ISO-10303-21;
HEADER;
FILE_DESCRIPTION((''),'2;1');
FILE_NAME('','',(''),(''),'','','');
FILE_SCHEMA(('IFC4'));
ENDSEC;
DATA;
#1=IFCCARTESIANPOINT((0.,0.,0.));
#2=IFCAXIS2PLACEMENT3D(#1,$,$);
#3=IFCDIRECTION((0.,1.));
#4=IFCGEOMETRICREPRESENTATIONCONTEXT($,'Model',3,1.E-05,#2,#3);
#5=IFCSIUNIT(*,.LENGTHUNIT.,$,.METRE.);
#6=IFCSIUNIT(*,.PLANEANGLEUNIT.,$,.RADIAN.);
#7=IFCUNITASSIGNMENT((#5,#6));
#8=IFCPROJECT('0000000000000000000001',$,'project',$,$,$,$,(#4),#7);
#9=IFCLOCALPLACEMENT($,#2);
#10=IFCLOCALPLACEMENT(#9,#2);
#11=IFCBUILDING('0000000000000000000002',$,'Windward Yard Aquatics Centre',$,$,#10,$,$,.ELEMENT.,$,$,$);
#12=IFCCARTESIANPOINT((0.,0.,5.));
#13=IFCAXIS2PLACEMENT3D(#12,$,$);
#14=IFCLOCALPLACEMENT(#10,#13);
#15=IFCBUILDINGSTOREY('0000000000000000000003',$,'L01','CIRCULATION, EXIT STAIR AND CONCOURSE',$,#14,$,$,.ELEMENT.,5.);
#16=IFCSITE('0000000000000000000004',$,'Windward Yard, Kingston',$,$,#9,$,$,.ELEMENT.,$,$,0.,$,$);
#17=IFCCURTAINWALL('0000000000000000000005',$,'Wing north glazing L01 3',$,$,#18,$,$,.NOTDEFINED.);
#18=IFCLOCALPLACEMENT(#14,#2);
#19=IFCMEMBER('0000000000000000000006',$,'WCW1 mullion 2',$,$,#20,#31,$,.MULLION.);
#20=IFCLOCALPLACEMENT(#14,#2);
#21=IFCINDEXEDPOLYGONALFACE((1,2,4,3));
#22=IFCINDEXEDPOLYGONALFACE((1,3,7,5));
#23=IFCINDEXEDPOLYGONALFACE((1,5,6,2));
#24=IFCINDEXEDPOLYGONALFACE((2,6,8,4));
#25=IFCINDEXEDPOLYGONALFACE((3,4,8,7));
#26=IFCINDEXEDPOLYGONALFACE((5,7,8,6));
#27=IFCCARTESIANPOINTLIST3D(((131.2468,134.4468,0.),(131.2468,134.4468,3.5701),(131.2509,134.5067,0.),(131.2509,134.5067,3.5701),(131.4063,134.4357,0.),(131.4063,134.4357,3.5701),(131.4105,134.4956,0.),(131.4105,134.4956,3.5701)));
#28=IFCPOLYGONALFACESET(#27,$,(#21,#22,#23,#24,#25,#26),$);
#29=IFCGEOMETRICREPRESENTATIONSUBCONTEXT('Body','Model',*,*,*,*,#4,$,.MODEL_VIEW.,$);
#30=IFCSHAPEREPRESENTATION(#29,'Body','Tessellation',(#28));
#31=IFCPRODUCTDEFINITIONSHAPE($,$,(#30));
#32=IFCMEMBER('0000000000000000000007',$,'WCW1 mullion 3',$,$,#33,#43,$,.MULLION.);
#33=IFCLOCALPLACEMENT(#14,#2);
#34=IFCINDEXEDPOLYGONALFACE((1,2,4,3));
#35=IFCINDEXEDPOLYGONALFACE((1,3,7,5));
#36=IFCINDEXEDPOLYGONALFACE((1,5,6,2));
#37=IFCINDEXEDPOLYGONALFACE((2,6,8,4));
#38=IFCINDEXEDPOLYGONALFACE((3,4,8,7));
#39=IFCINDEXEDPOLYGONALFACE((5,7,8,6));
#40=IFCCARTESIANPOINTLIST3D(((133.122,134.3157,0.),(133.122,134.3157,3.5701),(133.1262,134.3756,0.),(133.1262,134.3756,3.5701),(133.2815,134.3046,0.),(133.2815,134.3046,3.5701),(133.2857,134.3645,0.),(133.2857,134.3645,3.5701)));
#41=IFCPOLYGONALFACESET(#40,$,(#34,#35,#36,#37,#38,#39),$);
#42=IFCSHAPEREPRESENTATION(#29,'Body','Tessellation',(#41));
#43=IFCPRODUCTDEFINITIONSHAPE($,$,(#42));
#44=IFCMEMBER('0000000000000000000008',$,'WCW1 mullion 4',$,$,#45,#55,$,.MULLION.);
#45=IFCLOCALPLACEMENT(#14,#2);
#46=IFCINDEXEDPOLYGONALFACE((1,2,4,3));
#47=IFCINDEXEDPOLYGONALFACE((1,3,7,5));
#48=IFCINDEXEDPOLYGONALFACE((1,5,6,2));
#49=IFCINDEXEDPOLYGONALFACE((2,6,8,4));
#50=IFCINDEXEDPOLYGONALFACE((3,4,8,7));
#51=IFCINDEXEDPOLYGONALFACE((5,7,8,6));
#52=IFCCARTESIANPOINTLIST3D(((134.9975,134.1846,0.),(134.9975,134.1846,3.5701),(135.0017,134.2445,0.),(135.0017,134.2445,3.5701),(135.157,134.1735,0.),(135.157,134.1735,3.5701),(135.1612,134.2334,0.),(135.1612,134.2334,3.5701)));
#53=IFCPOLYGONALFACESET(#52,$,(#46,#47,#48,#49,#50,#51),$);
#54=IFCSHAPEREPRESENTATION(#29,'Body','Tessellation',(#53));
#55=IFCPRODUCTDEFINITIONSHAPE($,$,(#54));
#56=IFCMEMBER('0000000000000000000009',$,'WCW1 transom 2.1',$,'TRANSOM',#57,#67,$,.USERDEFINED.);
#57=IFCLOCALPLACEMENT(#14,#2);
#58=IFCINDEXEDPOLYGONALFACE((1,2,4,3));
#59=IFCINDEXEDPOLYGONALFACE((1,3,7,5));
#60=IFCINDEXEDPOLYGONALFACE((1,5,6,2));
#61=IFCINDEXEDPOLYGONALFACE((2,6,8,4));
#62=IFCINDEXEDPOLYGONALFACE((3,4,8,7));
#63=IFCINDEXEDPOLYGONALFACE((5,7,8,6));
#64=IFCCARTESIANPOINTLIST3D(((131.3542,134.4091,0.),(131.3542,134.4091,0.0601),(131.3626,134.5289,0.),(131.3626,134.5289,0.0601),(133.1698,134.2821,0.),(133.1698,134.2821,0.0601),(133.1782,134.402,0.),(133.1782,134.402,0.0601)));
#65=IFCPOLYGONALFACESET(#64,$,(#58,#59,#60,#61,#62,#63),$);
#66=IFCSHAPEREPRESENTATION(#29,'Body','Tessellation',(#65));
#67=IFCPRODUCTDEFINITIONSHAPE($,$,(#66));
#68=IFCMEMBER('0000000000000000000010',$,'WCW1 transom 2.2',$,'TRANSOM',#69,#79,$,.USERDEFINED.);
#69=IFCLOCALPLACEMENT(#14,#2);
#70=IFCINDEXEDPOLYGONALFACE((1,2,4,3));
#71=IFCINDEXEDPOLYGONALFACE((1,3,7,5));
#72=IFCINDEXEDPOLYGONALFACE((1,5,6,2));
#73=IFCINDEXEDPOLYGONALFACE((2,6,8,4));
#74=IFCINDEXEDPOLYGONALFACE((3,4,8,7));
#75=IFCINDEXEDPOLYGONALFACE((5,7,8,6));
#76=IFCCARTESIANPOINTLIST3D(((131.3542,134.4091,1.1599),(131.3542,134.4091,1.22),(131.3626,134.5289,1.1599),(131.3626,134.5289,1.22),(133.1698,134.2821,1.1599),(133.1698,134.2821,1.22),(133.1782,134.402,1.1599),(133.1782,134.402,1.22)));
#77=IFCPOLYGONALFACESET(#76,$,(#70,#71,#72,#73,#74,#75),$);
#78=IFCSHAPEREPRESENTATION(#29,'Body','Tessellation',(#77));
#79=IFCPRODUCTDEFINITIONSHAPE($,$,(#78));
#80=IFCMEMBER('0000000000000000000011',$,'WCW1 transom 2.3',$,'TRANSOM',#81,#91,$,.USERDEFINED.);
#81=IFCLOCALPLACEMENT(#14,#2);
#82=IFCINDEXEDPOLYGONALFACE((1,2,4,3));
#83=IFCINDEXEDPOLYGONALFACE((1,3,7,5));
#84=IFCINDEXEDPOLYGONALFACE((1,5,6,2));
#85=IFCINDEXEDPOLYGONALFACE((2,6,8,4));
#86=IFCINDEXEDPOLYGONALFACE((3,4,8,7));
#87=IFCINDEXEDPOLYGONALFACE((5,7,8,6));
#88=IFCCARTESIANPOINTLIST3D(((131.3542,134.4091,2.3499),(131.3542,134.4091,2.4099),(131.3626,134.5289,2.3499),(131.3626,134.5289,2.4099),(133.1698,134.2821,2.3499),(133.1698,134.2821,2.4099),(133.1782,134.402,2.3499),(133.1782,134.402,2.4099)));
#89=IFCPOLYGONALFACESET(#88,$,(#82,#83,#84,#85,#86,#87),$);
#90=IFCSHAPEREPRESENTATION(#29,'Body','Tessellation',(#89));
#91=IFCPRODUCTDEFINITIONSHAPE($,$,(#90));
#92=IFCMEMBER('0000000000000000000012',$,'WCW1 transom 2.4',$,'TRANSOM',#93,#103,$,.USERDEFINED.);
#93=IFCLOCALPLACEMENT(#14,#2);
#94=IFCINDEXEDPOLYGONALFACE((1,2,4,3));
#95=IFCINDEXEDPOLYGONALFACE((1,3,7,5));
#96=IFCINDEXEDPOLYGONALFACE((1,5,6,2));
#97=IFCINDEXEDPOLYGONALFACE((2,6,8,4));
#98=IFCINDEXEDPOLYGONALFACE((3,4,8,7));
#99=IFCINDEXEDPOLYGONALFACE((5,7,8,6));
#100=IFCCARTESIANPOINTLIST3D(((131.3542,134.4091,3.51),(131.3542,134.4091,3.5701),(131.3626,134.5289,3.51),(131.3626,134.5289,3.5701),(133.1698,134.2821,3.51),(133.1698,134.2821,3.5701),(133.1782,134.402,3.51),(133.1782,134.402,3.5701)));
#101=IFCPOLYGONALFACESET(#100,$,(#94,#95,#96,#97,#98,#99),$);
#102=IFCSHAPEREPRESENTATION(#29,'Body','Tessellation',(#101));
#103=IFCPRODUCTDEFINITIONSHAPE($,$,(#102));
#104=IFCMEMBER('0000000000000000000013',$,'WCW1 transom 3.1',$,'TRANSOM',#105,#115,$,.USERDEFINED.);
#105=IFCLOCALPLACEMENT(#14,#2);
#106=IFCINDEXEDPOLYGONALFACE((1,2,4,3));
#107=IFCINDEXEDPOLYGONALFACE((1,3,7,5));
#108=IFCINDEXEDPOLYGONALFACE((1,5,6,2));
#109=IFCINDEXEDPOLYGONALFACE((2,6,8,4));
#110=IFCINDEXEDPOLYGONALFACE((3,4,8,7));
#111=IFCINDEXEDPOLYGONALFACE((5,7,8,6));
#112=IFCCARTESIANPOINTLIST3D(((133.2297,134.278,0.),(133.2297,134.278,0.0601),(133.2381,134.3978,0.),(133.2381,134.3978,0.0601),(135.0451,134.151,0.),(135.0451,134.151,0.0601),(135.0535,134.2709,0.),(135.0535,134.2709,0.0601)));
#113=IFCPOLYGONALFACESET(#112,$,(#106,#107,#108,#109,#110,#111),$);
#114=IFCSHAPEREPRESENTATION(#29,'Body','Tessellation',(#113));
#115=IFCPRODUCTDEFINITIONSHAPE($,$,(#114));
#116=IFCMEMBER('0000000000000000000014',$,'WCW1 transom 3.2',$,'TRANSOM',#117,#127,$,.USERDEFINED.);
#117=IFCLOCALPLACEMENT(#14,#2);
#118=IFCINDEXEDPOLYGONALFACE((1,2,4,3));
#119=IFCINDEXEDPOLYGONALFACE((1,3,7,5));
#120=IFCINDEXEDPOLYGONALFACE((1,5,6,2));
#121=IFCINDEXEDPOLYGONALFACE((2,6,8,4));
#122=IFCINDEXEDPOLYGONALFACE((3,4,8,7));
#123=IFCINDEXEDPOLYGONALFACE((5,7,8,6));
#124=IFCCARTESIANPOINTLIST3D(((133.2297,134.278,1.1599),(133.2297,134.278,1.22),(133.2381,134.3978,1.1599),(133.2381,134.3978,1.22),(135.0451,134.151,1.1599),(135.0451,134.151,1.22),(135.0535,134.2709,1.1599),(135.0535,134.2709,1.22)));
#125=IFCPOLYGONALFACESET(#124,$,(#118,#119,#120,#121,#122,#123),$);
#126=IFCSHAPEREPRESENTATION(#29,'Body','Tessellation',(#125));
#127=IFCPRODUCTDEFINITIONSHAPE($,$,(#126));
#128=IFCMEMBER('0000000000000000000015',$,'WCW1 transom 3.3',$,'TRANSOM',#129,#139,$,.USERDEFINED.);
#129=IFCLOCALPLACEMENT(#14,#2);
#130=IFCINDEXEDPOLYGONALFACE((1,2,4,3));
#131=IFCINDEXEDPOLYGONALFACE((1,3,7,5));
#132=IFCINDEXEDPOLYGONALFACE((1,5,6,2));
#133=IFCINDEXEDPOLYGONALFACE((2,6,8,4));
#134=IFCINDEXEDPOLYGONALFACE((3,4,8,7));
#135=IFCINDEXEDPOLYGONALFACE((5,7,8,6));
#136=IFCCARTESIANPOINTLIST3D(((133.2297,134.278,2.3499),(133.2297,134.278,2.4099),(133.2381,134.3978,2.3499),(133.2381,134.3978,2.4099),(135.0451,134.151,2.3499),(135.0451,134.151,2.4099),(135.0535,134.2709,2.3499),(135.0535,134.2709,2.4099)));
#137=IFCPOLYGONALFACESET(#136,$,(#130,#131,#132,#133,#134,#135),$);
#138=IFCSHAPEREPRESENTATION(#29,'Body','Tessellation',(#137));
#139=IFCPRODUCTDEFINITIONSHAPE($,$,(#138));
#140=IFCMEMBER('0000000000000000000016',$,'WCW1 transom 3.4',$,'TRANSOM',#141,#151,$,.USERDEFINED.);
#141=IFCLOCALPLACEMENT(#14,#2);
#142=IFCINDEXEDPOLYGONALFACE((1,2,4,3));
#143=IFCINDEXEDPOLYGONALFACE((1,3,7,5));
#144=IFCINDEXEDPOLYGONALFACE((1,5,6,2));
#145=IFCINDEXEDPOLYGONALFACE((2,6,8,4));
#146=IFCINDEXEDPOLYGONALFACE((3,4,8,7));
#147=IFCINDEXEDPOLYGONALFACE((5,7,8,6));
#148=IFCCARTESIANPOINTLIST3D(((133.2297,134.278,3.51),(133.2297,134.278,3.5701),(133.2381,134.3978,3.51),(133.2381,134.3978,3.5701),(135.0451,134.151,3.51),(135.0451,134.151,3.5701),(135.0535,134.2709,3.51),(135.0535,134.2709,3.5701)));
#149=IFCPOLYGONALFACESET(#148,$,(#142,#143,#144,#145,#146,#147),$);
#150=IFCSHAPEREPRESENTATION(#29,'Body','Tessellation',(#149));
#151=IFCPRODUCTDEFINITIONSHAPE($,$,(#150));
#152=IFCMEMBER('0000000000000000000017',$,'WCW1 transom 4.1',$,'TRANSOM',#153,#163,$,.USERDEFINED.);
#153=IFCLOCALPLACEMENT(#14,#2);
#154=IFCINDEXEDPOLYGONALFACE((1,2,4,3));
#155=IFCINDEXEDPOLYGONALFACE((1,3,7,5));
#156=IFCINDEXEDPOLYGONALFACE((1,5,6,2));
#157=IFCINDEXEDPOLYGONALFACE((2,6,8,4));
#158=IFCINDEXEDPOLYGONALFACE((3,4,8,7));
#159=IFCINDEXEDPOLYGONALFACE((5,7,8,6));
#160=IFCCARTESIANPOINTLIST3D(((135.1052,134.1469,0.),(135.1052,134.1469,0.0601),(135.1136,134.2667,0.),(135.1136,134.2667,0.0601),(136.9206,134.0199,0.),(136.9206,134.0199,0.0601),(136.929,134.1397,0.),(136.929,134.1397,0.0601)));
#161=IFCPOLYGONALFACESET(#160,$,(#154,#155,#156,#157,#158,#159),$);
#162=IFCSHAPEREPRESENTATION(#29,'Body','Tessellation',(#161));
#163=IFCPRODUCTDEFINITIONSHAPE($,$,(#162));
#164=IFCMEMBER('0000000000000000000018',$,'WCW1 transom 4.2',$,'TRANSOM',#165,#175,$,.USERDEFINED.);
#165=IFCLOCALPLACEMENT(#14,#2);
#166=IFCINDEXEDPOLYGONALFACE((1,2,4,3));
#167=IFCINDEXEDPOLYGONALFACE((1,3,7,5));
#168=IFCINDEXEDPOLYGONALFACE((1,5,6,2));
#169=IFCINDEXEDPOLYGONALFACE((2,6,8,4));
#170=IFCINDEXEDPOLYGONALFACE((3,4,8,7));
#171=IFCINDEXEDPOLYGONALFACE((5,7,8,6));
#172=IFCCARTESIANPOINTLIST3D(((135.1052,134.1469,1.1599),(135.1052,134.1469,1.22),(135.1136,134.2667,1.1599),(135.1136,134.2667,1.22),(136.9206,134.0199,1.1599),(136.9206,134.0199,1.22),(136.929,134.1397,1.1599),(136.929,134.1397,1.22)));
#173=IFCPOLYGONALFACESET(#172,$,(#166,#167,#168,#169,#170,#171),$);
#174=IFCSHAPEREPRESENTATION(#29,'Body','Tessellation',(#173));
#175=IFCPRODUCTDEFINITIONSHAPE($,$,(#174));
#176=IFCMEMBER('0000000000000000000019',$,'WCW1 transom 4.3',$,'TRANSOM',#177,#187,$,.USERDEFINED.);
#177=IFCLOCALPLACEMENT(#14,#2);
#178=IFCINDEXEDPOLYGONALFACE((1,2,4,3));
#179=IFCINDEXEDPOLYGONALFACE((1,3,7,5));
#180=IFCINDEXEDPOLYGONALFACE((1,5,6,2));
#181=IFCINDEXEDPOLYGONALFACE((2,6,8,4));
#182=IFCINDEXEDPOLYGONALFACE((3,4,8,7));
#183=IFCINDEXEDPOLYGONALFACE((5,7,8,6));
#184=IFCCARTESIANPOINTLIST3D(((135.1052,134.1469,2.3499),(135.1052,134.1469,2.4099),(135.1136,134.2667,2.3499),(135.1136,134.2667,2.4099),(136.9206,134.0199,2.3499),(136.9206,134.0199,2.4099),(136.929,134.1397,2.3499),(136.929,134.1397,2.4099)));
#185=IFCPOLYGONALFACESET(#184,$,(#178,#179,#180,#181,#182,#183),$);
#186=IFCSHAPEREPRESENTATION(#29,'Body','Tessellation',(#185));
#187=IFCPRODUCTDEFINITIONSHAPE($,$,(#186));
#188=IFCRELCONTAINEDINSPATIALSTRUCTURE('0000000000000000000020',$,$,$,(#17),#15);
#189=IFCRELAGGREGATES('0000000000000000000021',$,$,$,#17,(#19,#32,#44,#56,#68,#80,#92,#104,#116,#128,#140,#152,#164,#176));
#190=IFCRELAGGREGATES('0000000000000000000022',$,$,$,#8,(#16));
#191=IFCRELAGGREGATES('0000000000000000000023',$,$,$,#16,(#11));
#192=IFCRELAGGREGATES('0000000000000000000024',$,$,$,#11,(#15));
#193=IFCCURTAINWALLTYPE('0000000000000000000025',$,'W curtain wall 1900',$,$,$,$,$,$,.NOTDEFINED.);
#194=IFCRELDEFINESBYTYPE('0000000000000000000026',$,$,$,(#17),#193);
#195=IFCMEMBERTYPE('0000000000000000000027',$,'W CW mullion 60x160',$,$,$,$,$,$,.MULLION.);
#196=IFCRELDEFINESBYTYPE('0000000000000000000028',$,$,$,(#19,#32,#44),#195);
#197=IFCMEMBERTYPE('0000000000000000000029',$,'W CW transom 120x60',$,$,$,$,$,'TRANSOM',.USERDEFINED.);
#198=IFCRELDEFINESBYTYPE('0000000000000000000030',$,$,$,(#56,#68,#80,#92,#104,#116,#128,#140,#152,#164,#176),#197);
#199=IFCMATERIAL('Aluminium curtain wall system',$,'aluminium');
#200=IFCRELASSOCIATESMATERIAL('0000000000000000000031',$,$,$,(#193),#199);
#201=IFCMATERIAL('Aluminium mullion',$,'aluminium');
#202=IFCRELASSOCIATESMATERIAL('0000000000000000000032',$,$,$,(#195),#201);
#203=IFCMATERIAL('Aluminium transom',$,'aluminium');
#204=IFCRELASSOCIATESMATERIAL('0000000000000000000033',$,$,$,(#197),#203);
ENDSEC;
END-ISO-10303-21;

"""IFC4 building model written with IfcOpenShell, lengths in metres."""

from ifc_helpers import new_model, si_unit, direction, frame, origin, origin_2d, place, context, subcontext, project, spatial, rectangle, extrude, material, material_profile, profile_set, type_object, element, aggregate, save


model = new_model("IFC4")

# Units and contexts
model_context = context("Model", 3, precision=1e-05, world=origin(), true_north=direction((0.0, 1.0)))
body_context = subcontext(model_context, "Body", "Model", "MODEL_VIEW")
ifc_project = project(units=[si_unit("LENGTHUNIT", "METRE"), si_unit("PLANEANGLEUNIT", "RADIAN")], contexts=[model_context])

# Site, building, storey
site_placement = place(None, origin())
site = spatial("IfcSite", under=ifc_project, at=site_placement, Name="Windward Yard, Kingston", CompositionType="ELEMENT", RefElevation=0.0)
building_placement = place(site_placement, origin())
building = spatial("IfcBuilding", under=site, at=building_placement, Name="Windward Yard Aquatics Centre", CompositionType="ELEMENT")
storey_placement = place(building_placement, frame((0.0, 0.0, 5.0)))
storey = spatial("IfcBuildingStorey", under=building, at=storey_placement, Name="L01", Description="CIRCULATION, EXIT STAIR AND CONCOURSE", CompositionType="ELEMENT", Elevation=5.0)

# Curtain wall, members
ifc_material_1 = material(Name="Aluminium curtain wall system", Category="aluminium")
curtain_wall_type = type_object("IfcCurtainWallType", Name="W curtain wall 1900", PredefinedType="NOTDEFINED", material=ifc_material_1)
curtain_wall_placement = place(storey_placement, origin())
curtain_wall = element("IfcCurtainWall", 1, at=curtain_wall_placement, inside=storey, type_object=curtain_wall_type, Name="Wing north glazing L01 3", PredefinedType="NOTDEFINED")
ifc_material_2 = material(Name="Aluminium mullion", Category="aluminium")
ifc_material_profile_1 = material_profile(ifc_material_2, rectangle(XDim=0.0601, YDim=0.1599, at=origin_2d()), Name="AL 60x160")
ifc_profile_set_1 = profile_set([ifc_material_profile_1], Name="Aluminium mullion")
member_type_1 = type_object("IfcMemberType", Name="W CW mullion 60x160", PredefinedType="MULLION", material=ifc_profile_set_1)
member_1_placement = place(storey_placement, frame((131.3286, 134.4712, 0.0), z_axis=(0.0, 0.0, 1.0), x_axis=(0.069755, 0.997564, 0.0)))
member_1 = element("IfcMember", 2, at=member_1_placement, type_object=member_type_1, Name="WCW1 mullion 2", PredefinedType="MULLION", context=body_context, shape_type="SweptSolid", body=[
    extrude(rectangle(XDim=0.0601, YDim=0.1599, at=origin_2d()), origin(), (0.0, 0.0, 1.0), 3.5701),
])
member_2_placement = place(storey_placement, frame((133.2039, 134.3401, 0.0), z_axis=(0.0, 0.0, 1.0), x_axis=(0.069755, 0.997564, 0.0)))
member_2 = element("IfcMember", 3, at=member_2_placement, type_object=member_type_1, Name="WCW1 mullion 3", PredefinedType="MULLION", context=body_context, shape_type="SweptSolid", body=[
    extrude(rectangle(XDim=0.0601, YDim=0.1599, at=origin_2d()), origin(), (0.0, 0.0, 1.0), 3.5701),
])
member_3_placement = place(storey_placement, frame((135.0793, 134.209, 0.0), z_axis=(0.0, 0.0, 1.0), x_axis=(0.069755, 0.997564, 0.0)))
member_3 = element("IfcMember", 4, at=member_3_placement, type_object=member_type_1, Name="WCW1 mullion 4", PredefinedType="MULLION", context=body_context, shape_type="SweptSolid", body=[
    extrude(rectangle(XDim=0.0601, YDim=0.1599, at=origin_2d()), origin(), (0.0, 0.0, 1.0), 3.5701),
])
ifc_material_3 = material(Name="Aluminium transom", Category="aluminium")
ifc_material_profile_2 = material_profile(ifc_material_3, rectangle(XDim=0.1201, YDim=0.0601, at=origin_2d()), Name="AL 120x60")
ifc_profile_set_2 = profile_set([ifc_material_profile_2], Name="Aluminium transom")
member_type_2 = type_object("IfcMemberType", Name="W CW transom 120x60", ElementType="TRANSOM", PredefinedType="USERDEFINED", material=ifc_profile_set_2)
member_4_placement = place(storey_placement, frame((131.3584, 134.469, 0.03), z_axis=(0.997564, -0.06975, 0.0), x_axis=(0.06975, 0.997564, 0.0)))
member_4 = element("IfcMember", 5, at=member_4_placement, type_object=member_type_2, Name="WCW1 transom 2.1", ObjectType="TRANSOM", PredefinedType="USERDEFINED", context=body_context, shape_type="SweptSolid", body=[
    extrude(rectangle(XDim=0.1201, YDim=0.0601, at=origin_2d()), origin(), (0.0, 0.0, 1.0), 1.8201),
])
member_5_placement = place(storey_placement, frame((131.3584, 134.469, 1.1899), z_axis=(0.997564, -0.06975, 0.0), x_axis=(0.06975, 0.997564, 0.0)))
member_5 = element("IfcMember", 6, at=member_5_placement, type_object=member_type_2, Name="WCW1 transom 2.2", ObjectType="TRANSOM", PredefinedType="USERDEFINED", context=body_context, shape_type="SweptSolid", body=[
    extrude(rectangle(XDim=0.1201, YDim=0.0601, at=origin_2d()), origin(), (0.0, 0.0, 1.0), 1.8201),
])
member_6_placement = place(storey_placement, frame((131.3584, 134.469, 2.3799), z_axis=(0.997564, -0.06975, 0.0), x_axis=(0.06975, 0.997564, 0.0)))
member_6 = element("IfcMember", 7, at=member_6_placement, type_object=member_type_2, Name="WCW1 transom 2.3", ObjectType="TRANSOM", PredefinedType="USERDEFINED", context=body_context, shape_type="SweptSolid", body=[
    extrude(rectangle(XDim=0.1201, YDim=0.0601, at=origin_2d()), origin(), (0.0, 0.0, 1.0), 1.8201),
])
member_7_placement = place(storey_placement, frame((131.3584, 134.469, 3.54), z_axis=(0.997564, -0.06975, 0.0), x_axis=(0.06975, 0.997564, 0.0)))
member_7 = element("IfcMember", 8, at=member_7_placement, type_object=member_type_2, Name="WCW1 transom 2.4", ObjectType="TRANSOM", PredefinedType="USERDEFINED", context=body_context, shape_type="SweptSolid", body=[
    extrude(rectangle(XDim=0.1201, YDim=0.0601, at=origin_2d()), origin(), (0.0, 0.0, 1.0), 1.8201),
])
member_8_placement = place(storey_placement, frame((133.2339, 134.3379, 0.03), z_axis=(0.997564, -0.06976, 0.0), x_axis=(0.06976, 0.997564, 0.0)))
member_8 = element("IfcMember", 9, at=member_8_placement, type_object=member_type_2, Name="WCW1 transom 3.1", ObjectType="TRANSOM", PredefinedType="USERDEFINED", context=body_context, shape_type="SweptSolid", body=[
    extrude(rectangle(XDim=0.1201, YDim=0.0601, at=origin_2d()), origin(), (0.0, 0.0, 1.0), 1.8198),
])
member_9_placement = place(storey_placement, frame((133.2339, 134.3379, 1.1899), z_axis=(0.997564, -0.06976, 0.0), x_axis=(0.06976, 0.997564, 0.0)))
member_9 = element("IfcMember", 10, at=member_9_placement, type_object=member_type_2, Name="WCW1 transom 3.2", ObjectType="TRANSOM", PredefinedType="USERDEFINED", context=body_context, shape_type="SweptSolid", body=[
    extrude(rectangle(XDim=0.1201, YDim=0.0601, at=origin_2d()), origin(), (0.0, 0.0, 1.0), 1.8198),
])
member_10_placement = place(storey_placement, frame((133.2339, 134.3379, 2.3799), z_axis=(0.997564, -0.06976, 0.0), x_axis=(0.06976, 0.997564, 0.0)))
member_10 = element("IfcMember", 11, at=member_10_placement, type_object=member_type_2, Name="WCW1 transom 3.3", ObjectType="TRANSOM", PredefinedType="USERDEFINED", context=body_context, shape_type="SweptSolid", body=[
    extrude(rectangle(XDim=0.1201, YDim=0.0601, at=origin_2d()), origin(), (0.0, 0.0, 1.0), 1.8198),
])
member_11_placement = place(storey_placement, frame((133.2339, 134.3379, 3.54), z_axis=(0.997564, -0.06976, 0.0), x_axis=(0.06976, 0.997564, 0.0)))
member_11 = element("IfcMember", 12, at=member_11_placement, type_object=member_type_2, Name="WCW1 transom 3.4", ObjectType="TRANSOM", PredefinedType="USERDEFINED", context=body_context, shape_type="SweptSolid", body=[
    extrude(rectangle(XDim=0.1201, YDim=0.0601, at=origin_2d()), origin(), (0.0, 0.0, 1.0), 1.8198),
])
member_12_placement = place(storey_placement, frame((135.1094, 134.2068, 0.03), z_axis=(0.997564, -0.06976, 0.0), x_axis=(0.06976, 0.997564, 0.0)))
member_12 = element("IfcMember", 13, at=member_12_placement, type_object=member_type_2, Name="WCW1 transom 4.1", ObjectType="TRANSOM", PredefinedType="USERDEFINED", context=body_context, shape_type="SweptSolid", body=[
    extrude(rectangle(XDim=0.1201, YDim=0.0601, at=origin_2d()), origin(), (0.0, 0.0, 1.0), 1.8198),
])
member_13_placement = place(storey_placement, frame((135.1094, 134.2068, 1.1899), z_axis=(0.997564, -0.06976, 0.0), x_axis=(0.06976, 0.997564, 0.0)))
member_13 = element("IfcMember", 14, at=member_13_placement, type_object=member_type_2, Name="WCW1 transom 4.2", ObjectType="TRANSOM", PredefinedType="USERDEFINED", context=body_context, shape_type="SweptSolid", body=[
    extrude(rectangle(XDim=0.1201, YDim=0.0601, at=origin_2d()), origin(), (0.0, 0.0, 1.0), 1.8198),
])
member_14_placement = place(storey_placement, frame((135.1094, 134.2068, 2.3799), z_axis=(0.997564, -0.06976, 0.0), x_axis=(0.06976, 0.997564, 0.0)))
member_14 = element("IfcMember", 15, at=member_14_placement, type_object=member_type_2, Name="WCW1 transom 4.3", ObjectType="TRANSOM", PredefinedType="USERDEFINED", context=body_context, shape_type="SweptSolid", body=[
    extrude(rectangle(XDim=0.1201, YDim=0.0601, at=origin_2d()), origin(), (0.0, 0.0, 1.0), 1.8198),
])
aggregate(curtain_wall, [member_1, member_2, member_3, member_4, member_5, member_6, member_7, member_8, member_9, member_10, member_11, member_12, member_13, member_14])

save(model, "model.ifc")
